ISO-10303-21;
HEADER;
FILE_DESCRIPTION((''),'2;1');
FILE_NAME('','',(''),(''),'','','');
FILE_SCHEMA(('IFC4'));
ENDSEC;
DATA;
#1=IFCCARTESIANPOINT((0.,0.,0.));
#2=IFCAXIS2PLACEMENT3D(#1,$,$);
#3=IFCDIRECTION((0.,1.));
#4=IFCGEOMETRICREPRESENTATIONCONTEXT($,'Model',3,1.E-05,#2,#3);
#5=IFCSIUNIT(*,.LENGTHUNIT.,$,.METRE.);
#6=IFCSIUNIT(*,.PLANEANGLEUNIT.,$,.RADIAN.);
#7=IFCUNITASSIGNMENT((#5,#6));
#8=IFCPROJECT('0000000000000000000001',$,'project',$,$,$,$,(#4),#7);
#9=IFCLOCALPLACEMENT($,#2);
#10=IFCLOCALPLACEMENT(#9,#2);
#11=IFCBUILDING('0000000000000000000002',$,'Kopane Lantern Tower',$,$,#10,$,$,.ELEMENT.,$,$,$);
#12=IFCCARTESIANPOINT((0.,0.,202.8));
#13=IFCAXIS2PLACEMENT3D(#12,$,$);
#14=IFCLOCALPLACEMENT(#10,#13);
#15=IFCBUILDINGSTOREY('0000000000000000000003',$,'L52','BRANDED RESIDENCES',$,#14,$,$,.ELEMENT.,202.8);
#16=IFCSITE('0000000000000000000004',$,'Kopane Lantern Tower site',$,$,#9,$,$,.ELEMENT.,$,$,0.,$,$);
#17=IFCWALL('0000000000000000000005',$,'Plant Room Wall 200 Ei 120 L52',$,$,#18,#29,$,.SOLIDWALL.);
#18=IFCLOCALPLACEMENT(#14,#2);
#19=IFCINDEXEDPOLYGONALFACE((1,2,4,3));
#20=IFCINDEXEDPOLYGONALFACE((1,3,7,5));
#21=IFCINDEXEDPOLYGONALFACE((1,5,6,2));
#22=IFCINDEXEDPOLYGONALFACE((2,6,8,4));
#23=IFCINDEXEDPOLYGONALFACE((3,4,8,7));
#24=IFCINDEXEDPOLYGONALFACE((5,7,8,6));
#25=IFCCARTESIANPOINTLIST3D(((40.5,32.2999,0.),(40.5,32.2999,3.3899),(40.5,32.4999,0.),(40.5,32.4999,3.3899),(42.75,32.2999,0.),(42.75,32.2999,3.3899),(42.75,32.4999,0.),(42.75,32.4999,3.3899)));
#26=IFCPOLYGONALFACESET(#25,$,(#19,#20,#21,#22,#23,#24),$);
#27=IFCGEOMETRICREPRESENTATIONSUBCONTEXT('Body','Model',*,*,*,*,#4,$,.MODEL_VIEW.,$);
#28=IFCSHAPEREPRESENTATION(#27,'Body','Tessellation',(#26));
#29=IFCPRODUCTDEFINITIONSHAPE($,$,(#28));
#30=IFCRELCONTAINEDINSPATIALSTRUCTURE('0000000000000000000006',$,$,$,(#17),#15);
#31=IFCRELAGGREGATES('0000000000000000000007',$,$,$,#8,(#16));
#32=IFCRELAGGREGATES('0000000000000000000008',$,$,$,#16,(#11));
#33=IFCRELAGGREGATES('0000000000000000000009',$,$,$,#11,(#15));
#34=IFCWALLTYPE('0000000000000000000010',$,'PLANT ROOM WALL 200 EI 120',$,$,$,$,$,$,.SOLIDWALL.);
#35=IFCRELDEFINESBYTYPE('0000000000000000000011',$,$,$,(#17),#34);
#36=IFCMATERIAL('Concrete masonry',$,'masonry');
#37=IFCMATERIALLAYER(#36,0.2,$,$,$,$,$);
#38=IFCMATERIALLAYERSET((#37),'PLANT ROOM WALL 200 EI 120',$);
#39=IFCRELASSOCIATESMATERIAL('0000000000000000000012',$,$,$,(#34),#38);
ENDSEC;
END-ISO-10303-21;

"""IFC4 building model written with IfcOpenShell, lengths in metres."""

from ifc_helpers import new_model, si_unit, direction, frame, frame_2d, origin, place, context, subcontext, project, spatial, rectangle, extrude, material, layer, layer_set, type_object, element, save


model = new_model("IFC4")

# Units and contexts
model_context = context("Model", 3, precision=1e-05, world=origin(), true_north=direction((0.0, 1.0)))
body_context = subcontext(model_context, "Body", "Model", "MODEL_VIEW")
ifc_project = project(units=[si_unit("LENGTHUNIT", "METRE"), si_unit("PLANEANGLEUNIT", "RADIAN")], contexts=[model_context])

# Site, building, storey
site_placement = place(None, origin())
site = spatial("IfcSite", under=ifc_project, at=site_placement, Name="Kopane Lantern Tower site", CompositionType="ELEMENT", RefElevation=0.0)
building_placement = place(site_placement, origin())
building = spatial("IfcBuilding", under=site, at=building_placement, Name="Kopane Lantern Tower", CompositionType="ELEMENT")
storey_placement = place(building_placement, frame((0.0, 0.0, 202.8)))
storey = spatial("IfcBuildingStorey", under=building, at=storey_placement, Name="L52", Description="BRANDED RESIDENCES", CompositionType="ELEMENT", Elevation=202.8)

# Wall
ifc_material_1 = material(Name="Concrete masonry", Category="masonry")
ifc_layer_1 = layer(ifc_material_1, 0.2)
ifc_layer_set_1 = layer_set([ifc_layer_1], Name="PLANT ROOM WALL 200 EI 120")
wall_type_1 = type_object("IfcWallType", Name="PLANT ROOM WALL 200 EI 120", PredefinedType="SOLIDWALL", material=ifc_layer_set_1)
wall_1_placement = place(storey_placement, frame((40.5, 32.3999, 0.0), z_axis=(0.0, 0.0, 1.0), x_axis=(1.0, 0.0, 0.0)))
element("IfcWall", 1, at=wall_1_placement, inside=storey, type_object=wall_type_1, Name="Plant Room Wall 200 Ei 120 L52", PredefinedType="SOLIDWALL", context=body_context, shape_type="SweptSolid", body=[
    extrude(rectangle(XDim=2.25, YDim=0.2, at=frame_2d((1.125, 0.0))), origin(), (0.0, 0.0, 1.0), 3.3899),
])

save(model, "model.ifc")
